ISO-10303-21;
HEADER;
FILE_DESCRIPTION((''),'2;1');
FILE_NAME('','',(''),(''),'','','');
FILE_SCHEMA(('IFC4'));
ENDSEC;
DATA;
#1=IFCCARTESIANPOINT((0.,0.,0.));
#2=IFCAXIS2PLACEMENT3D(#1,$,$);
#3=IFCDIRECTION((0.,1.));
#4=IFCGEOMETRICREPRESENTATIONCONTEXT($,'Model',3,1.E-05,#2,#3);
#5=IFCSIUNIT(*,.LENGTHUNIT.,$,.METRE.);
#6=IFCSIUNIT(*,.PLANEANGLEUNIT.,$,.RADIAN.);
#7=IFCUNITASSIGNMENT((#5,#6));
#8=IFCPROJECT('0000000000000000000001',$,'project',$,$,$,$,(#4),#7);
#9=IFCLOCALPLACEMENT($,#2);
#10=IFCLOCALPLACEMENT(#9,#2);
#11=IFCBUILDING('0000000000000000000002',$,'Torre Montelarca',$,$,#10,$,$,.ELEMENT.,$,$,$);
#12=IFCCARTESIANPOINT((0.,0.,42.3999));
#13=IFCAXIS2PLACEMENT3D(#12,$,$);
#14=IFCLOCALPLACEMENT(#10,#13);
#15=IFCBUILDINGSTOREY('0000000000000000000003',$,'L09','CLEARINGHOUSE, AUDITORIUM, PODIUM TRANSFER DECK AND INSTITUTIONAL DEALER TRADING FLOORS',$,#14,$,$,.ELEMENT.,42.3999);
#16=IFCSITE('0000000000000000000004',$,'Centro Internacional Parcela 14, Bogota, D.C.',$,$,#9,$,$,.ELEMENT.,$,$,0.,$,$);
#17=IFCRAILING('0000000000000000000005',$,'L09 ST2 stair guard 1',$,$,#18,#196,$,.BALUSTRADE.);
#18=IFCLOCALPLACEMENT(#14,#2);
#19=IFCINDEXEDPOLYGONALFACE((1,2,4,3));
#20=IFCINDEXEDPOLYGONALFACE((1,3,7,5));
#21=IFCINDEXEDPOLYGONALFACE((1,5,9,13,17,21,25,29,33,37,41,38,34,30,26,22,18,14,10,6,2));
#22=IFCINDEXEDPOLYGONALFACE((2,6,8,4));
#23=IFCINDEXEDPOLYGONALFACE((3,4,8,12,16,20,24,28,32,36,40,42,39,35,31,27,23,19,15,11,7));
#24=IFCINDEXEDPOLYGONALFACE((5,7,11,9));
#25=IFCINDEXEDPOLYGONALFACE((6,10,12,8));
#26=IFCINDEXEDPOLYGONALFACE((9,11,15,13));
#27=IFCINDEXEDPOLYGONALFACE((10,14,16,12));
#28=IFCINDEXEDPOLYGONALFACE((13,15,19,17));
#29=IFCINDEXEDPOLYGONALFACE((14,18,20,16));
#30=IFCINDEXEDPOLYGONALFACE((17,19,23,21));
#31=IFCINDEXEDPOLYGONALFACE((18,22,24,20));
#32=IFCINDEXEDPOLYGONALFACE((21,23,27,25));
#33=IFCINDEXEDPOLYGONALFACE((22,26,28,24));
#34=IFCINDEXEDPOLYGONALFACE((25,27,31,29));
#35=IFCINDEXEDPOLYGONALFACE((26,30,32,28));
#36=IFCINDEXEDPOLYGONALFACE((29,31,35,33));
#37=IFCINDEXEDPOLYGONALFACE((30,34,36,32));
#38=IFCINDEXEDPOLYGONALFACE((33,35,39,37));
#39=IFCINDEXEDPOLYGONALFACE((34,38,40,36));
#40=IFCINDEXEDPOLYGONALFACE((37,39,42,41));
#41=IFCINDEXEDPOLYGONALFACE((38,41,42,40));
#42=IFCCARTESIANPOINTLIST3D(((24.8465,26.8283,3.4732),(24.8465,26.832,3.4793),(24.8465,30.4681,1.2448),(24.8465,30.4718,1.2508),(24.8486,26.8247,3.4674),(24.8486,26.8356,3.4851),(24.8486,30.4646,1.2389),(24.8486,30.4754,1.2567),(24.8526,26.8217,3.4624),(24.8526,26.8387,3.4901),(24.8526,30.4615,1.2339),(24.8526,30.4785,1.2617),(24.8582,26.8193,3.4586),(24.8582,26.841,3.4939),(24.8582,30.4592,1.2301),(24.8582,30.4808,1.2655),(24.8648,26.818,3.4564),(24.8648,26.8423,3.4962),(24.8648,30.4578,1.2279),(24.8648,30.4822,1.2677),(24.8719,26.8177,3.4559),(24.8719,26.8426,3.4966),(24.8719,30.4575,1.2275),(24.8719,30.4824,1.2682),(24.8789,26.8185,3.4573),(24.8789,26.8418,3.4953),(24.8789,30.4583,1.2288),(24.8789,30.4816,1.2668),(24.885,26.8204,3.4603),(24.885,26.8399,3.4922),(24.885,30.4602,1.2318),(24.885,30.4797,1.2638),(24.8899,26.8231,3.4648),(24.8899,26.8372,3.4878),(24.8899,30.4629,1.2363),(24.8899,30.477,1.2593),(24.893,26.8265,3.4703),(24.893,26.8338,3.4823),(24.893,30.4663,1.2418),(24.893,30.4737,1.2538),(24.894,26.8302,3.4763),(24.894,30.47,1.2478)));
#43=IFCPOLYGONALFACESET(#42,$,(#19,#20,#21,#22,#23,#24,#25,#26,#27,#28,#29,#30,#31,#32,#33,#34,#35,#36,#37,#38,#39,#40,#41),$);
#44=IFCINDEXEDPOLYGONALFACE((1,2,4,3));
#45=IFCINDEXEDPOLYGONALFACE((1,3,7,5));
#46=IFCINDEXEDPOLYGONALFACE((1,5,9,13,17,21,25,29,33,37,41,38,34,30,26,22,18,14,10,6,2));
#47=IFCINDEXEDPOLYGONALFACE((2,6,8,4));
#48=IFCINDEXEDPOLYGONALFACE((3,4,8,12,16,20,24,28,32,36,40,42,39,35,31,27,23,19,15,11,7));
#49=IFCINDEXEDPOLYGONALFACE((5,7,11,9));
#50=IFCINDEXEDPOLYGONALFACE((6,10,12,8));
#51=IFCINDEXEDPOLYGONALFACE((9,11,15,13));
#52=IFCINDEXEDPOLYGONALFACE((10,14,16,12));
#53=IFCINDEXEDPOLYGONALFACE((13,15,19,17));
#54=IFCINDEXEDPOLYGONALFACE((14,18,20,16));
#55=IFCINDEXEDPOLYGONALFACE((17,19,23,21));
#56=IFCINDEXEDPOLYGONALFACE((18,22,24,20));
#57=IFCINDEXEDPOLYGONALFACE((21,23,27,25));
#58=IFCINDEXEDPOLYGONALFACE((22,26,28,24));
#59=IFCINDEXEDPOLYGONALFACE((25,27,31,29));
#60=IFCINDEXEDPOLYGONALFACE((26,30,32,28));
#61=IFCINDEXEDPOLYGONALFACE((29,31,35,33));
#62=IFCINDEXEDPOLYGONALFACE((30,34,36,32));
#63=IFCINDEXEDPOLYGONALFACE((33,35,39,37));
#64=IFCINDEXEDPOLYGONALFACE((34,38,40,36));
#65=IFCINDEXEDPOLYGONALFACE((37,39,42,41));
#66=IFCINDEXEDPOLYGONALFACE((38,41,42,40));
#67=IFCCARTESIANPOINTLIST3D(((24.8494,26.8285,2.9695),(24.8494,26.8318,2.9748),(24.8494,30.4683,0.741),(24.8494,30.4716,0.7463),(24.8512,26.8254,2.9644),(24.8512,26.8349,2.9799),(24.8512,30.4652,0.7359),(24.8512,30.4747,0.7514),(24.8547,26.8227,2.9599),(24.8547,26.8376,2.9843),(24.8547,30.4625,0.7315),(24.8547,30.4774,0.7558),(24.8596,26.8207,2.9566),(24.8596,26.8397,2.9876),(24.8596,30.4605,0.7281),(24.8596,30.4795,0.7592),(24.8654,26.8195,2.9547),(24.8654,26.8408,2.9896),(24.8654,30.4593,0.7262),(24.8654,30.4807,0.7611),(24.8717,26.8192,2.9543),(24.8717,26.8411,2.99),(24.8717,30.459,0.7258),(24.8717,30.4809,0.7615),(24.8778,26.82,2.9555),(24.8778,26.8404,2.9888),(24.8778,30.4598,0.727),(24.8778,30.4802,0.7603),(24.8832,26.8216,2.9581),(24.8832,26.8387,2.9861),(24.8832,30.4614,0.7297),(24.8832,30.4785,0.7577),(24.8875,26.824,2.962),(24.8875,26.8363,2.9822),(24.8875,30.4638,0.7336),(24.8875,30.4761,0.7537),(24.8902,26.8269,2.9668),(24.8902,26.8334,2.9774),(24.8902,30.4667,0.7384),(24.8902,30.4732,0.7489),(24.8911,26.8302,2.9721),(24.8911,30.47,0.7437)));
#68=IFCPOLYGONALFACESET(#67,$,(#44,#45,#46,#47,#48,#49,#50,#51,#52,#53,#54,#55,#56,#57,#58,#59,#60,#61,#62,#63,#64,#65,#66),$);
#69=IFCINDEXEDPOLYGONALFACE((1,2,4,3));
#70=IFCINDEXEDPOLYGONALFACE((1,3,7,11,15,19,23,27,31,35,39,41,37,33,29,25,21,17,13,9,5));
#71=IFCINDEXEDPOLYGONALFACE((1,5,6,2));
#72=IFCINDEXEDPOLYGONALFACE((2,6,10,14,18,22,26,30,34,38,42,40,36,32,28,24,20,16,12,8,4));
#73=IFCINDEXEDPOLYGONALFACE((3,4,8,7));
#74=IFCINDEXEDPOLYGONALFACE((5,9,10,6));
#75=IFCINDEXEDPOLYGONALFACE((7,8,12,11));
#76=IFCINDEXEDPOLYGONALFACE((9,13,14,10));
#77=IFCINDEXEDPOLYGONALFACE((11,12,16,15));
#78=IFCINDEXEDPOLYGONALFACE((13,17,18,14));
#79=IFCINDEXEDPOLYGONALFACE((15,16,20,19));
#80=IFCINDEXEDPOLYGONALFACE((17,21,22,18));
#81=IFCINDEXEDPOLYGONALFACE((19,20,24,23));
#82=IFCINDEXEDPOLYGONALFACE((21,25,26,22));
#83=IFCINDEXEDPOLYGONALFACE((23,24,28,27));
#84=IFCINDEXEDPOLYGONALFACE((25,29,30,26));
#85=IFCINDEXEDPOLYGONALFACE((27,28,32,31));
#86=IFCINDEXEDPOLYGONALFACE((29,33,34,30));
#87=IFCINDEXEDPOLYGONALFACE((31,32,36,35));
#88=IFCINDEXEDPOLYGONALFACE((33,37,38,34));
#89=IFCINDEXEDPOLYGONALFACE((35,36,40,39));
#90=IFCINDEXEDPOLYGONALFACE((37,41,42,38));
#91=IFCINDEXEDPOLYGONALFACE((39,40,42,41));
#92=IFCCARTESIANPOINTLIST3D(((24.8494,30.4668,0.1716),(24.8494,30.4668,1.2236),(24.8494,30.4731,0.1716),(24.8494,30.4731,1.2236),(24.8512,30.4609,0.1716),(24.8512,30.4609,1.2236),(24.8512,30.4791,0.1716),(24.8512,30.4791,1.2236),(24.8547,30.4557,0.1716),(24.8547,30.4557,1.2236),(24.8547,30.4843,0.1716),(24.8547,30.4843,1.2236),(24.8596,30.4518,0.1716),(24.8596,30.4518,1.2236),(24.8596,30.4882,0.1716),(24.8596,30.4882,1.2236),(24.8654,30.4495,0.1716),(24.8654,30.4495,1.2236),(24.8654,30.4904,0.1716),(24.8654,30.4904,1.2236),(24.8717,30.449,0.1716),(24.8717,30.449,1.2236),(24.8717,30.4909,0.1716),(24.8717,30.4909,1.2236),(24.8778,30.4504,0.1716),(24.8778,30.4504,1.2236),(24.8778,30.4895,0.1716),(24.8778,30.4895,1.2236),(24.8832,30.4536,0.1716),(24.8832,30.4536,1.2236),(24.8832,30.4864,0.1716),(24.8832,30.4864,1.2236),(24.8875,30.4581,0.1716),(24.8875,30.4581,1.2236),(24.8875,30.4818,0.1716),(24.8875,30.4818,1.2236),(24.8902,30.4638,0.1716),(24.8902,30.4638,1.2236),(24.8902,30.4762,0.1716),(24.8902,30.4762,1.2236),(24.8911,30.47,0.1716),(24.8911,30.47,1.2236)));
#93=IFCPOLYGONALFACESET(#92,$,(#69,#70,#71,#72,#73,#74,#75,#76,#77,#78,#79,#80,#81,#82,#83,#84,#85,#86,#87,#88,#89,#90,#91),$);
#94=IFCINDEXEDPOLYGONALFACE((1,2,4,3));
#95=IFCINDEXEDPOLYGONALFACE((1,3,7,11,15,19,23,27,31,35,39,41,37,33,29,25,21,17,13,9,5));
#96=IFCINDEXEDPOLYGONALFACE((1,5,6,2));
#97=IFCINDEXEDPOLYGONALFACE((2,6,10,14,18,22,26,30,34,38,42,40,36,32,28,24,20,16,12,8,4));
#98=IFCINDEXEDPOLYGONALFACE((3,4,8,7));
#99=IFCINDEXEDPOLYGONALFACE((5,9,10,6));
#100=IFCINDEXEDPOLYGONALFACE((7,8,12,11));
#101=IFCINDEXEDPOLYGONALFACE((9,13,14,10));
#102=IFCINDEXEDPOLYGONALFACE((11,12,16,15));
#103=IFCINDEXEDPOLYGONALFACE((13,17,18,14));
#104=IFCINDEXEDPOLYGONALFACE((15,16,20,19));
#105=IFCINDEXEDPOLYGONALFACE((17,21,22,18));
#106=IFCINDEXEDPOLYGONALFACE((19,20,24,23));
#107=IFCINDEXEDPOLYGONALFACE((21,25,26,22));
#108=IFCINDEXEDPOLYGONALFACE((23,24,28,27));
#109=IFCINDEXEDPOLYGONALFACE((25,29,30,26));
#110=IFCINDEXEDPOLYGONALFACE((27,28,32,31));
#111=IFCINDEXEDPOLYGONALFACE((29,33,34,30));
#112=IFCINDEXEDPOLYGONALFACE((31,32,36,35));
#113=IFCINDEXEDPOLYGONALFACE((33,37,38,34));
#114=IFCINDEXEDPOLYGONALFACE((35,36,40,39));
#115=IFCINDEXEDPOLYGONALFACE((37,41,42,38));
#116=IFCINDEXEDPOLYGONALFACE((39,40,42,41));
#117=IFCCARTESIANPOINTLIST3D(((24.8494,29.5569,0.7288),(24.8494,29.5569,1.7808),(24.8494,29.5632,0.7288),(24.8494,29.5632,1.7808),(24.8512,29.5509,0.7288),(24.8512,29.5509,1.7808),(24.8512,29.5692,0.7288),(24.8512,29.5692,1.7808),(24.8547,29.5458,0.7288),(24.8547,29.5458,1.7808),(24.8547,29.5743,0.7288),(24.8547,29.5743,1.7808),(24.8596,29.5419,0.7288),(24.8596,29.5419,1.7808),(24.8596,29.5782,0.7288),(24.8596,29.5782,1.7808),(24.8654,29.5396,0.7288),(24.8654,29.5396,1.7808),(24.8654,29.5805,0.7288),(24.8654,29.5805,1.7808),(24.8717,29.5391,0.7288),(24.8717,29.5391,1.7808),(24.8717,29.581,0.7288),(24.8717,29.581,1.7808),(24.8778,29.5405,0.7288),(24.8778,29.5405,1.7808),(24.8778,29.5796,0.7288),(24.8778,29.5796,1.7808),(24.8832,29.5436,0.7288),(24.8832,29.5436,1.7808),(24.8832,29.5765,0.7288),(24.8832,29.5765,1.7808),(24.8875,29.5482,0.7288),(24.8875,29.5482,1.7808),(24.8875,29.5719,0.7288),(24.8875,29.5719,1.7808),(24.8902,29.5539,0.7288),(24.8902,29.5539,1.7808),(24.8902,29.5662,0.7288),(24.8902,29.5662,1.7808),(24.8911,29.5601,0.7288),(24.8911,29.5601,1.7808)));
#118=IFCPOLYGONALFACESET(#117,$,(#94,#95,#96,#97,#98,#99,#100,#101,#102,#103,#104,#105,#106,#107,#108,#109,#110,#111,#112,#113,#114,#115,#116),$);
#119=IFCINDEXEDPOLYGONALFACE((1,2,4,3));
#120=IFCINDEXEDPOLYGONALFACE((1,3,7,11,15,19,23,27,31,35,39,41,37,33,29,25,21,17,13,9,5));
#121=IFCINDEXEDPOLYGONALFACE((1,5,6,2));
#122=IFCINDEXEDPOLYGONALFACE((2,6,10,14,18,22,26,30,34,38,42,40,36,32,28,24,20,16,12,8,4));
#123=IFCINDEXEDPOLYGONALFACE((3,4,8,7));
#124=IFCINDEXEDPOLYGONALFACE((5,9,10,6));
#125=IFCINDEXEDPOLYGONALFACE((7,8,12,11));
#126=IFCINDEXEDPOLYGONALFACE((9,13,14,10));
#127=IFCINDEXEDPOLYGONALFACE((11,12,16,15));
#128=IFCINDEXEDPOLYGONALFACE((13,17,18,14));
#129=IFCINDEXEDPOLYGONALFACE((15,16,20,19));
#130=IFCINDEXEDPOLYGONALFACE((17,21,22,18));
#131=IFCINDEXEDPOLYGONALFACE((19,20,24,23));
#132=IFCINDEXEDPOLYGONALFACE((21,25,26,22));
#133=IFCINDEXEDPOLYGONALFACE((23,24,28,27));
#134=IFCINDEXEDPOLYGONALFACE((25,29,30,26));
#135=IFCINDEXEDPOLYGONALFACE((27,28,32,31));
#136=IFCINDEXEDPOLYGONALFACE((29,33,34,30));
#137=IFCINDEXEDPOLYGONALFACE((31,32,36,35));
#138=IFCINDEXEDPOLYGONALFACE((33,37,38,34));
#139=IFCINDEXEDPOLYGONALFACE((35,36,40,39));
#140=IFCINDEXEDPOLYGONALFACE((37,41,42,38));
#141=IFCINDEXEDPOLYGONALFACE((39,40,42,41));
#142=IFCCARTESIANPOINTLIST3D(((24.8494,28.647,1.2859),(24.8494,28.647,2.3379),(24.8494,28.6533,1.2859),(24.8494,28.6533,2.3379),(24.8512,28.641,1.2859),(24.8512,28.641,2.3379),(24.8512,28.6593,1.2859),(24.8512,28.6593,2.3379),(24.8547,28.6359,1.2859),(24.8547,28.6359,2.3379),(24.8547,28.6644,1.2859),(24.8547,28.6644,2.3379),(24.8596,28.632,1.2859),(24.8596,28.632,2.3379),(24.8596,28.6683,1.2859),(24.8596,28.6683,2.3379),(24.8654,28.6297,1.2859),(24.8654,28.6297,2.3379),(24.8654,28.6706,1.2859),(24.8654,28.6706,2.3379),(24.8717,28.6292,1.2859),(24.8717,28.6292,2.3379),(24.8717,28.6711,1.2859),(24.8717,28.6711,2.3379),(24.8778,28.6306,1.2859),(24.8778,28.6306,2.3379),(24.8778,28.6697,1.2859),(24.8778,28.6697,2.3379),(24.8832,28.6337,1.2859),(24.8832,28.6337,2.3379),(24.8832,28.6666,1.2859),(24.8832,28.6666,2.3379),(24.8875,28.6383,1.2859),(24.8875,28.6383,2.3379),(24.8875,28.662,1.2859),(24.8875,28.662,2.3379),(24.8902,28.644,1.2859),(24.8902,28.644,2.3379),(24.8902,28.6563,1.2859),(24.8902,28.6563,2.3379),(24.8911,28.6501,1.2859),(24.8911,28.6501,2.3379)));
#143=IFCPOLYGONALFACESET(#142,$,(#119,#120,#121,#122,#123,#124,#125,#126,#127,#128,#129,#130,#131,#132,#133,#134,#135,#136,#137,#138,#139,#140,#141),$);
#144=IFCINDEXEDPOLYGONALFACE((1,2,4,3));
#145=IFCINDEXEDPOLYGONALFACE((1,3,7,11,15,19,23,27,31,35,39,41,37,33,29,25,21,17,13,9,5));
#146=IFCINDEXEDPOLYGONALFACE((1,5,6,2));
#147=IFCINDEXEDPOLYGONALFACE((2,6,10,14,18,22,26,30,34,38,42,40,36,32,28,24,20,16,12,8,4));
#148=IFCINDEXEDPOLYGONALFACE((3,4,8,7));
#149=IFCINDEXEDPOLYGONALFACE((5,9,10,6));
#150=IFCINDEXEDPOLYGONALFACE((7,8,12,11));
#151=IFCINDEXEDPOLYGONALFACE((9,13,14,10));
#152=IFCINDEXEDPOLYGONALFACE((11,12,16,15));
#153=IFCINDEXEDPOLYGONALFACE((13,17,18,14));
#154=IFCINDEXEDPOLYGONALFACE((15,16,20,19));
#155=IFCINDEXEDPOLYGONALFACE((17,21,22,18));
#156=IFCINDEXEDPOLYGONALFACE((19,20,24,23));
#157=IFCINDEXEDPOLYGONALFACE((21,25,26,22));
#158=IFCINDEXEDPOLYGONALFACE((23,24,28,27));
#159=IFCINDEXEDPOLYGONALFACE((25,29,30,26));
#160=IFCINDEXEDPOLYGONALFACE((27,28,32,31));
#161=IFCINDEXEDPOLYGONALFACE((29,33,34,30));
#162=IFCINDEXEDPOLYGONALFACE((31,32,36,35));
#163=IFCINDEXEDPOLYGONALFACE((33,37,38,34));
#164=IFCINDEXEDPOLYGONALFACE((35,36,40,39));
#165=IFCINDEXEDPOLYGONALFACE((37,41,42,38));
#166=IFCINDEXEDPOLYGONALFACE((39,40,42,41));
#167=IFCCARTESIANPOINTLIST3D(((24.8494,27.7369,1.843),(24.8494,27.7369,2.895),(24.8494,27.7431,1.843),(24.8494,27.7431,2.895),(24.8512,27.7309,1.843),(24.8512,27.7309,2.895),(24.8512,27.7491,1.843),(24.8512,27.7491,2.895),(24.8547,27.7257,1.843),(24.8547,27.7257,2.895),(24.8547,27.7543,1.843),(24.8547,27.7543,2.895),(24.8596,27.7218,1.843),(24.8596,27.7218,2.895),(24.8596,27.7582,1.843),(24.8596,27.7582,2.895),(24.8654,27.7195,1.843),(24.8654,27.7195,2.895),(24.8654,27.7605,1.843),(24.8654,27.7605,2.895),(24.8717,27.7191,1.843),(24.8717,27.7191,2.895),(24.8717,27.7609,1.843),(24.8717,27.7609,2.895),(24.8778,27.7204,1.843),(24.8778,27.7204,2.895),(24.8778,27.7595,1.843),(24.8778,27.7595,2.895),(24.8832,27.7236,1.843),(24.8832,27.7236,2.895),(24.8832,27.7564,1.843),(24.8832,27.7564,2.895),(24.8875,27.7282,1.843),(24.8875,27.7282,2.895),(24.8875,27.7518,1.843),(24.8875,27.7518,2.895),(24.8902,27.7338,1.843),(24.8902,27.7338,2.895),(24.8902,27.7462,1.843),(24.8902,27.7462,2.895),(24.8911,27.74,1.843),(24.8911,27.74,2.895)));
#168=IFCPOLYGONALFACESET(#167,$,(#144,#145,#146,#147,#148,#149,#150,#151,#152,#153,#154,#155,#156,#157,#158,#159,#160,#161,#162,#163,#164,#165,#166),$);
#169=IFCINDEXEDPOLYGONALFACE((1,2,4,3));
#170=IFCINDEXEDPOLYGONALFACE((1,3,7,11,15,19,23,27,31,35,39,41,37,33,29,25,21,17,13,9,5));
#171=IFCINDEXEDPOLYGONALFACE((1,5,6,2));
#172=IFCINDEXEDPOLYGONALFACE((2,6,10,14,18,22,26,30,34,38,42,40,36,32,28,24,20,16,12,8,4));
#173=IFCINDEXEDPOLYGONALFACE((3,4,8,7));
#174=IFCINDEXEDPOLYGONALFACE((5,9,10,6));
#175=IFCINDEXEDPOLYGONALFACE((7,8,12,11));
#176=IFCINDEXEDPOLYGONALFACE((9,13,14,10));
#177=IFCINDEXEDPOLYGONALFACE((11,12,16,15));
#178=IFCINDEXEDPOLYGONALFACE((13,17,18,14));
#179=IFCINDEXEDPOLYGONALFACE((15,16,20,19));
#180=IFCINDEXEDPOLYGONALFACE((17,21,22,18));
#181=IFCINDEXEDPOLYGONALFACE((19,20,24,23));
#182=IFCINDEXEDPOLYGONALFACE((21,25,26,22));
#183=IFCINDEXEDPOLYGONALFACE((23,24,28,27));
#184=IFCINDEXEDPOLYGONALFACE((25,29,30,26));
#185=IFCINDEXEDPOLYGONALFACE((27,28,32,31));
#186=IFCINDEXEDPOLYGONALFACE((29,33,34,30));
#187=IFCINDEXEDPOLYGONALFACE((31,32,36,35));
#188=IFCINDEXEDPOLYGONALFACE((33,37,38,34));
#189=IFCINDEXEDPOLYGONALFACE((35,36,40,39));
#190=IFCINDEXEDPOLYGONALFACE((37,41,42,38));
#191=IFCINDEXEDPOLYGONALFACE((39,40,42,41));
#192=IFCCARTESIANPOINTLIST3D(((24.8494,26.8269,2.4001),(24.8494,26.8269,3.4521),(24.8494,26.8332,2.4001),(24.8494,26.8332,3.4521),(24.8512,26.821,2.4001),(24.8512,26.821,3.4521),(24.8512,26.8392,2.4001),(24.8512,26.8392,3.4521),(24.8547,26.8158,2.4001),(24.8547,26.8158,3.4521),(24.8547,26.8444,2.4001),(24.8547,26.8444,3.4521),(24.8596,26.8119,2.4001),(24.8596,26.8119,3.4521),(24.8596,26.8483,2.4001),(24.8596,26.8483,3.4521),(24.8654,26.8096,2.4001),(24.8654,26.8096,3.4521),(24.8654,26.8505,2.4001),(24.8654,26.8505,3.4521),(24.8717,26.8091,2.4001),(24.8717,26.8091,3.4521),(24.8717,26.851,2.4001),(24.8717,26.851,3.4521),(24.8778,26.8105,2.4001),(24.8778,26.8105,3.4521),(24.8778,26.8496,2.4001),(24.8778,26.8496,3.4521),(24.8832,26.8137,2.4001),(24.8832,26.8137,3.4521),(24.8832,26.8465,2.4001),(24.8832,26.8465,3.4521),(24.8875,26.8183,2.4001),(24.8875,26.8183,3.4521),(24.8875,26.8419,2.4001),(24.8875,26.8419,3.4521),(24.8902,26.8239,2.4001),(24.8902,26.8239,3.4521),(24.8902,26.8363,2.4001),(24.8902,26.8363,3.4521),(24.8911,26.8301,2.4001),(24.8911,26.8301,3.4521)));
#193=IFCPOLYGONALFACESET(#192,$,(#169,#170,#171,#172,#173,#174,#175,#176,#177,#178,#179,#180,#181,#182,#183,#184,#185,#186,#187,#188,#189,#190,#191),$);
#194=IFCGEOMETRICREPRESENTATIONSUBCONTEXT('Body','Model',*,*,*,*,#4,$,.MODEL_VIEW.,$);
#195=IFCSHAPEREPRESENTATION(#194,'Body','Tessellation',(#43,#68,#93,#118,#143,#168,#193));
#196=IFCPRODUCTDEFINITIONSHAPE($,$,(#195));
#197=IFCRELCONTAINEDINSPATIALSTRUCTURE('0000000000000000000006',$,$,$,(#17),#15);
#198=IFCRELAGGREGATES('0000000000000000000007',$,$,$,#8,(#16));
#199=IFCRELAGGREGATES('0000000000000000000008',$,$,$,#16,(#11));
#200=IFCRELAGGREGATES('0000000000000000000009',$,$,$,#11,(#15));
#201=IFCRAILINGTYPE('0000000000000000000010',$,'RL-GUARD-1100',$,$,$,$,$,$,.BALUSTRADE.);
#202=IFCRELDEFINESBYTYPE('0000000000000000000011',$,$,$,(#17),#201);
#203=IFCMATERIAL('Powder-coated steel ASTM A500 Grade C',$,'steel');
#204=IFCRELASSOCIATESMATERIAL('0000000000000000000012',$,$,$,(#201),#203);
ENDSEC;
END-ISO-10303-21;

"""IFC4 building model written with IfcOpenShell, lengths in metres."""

from ifc_helpers import new_model, si_unit, direction, frame, origin, origin_2d, place, context, subcontext, project, spatial, circle, extrude, material, type_object, element, save


model = new_model("IFC4")

# Units and contexts
model_context = context("Model", 3, precision=1e-05, world=origin(), true_north=direction((0.0, 1.0)))
body_context = subcontext(model_context, "Body", "Model", "MODEL_VIEW")
ifc_project = project(units=[si_unit("LENGTHUNIT", "METRE"), si_unit("PLANEANGLEUNIT", "RADIAN")], contexts=[model_context])

# Site, building, storey
site_placement = place(None, origin())
site = spatial("IfcSite", under=ifc_project, at=site_placement, Name="Centro Internacional Parcela 14, Bogota, D.C.", CompositionType="ELEMENT", RefElevation=0.0)
building_placement = place(site_placement, origin())
building = spatial("IfcBuilding", under=site, at=building_placement, Name="Torre Montelarca", CompositionType="ELEMENT")
storey_placement = place(building_placement, frame((0.0, 0.0, 42.3999)))
storey = spatial("IfcBuildingStorey", under=building, at=storey_placement, Name="L09", Description="CLEARINGHOUSE, AUDITORIUM, PODIUM TRANSFER DECK AND INSTITUTIONAL DEALER TRADING FLOORS", CompositionType="ELEMENT", Elevation=42.3999)

# Railing
ifc_material_1 = material(Name="Powder-coated steel ASTM A500 Grade C", Category="steel")
railing_type_1 = type_object("IfcRailingType", Name="RL-GUARD-1100", PredefinedType="BALUSTRADE", material=ifc_material_1)
railing_1_placement = place(storey_placement, frame((24.8701, 30.47, 0.1716)))
element("IfcRailing", 1, at=railing_1_placement, inside=storey, type_object=railing_type_1, Name="L09 ST2 stair guard 1", PredefinedType="BALUSTRADE", context=body_context, shape_type="SweptSolid", body=[
    extrude(circle(Radius=0.0239, at=origin_2d()), frame((0.0, 0.0, 1.0762), z_axis=(0.0, -0.85285, 0.522156), x_axis=(1.0, 0.0, 0.0)), (0.0, 0.0, 1.0), 4.2678),
    extrude(circle(Radius=0.021, at=origin_2d()), frame((0.0, 0.0, 0.572), z_axis=(0.0, -0.85285, 0.522156), x_axis=(1.0, 0.0, 0.0)), (0.0, 0.0, 1.0), 4.2678),
    extrude(circle(Radius=0.021, at=origin_2d()), origin(), (0.0, 0.0, 1.0), 1.052),
    extrude(circle(Radius=0.021, at=origin_2d()), frame((0.0, -0.9099, 0.5571)), (0.0, 0.0, 1.0), 1.052),
    extrude(circle(Radius=0.021, at=origin_2d()), frame((0.0, -1.8198, 1.1143)), (0.0, 0.0, 1.0), 1.052),
    extrude(circle(Radius=0.021, at=origin_2d()), frame((0.0, -2.73, 1.6714)), (0.0, 0.0, 1.0), 1.052),
    extrude(circle(Radius=0.021, at=origin_2d()), frame((0.0, -3.6399, 2.2285)), (0.0, 0.0, 1.0), 1.052),
])

save(model, "model.ifc")
